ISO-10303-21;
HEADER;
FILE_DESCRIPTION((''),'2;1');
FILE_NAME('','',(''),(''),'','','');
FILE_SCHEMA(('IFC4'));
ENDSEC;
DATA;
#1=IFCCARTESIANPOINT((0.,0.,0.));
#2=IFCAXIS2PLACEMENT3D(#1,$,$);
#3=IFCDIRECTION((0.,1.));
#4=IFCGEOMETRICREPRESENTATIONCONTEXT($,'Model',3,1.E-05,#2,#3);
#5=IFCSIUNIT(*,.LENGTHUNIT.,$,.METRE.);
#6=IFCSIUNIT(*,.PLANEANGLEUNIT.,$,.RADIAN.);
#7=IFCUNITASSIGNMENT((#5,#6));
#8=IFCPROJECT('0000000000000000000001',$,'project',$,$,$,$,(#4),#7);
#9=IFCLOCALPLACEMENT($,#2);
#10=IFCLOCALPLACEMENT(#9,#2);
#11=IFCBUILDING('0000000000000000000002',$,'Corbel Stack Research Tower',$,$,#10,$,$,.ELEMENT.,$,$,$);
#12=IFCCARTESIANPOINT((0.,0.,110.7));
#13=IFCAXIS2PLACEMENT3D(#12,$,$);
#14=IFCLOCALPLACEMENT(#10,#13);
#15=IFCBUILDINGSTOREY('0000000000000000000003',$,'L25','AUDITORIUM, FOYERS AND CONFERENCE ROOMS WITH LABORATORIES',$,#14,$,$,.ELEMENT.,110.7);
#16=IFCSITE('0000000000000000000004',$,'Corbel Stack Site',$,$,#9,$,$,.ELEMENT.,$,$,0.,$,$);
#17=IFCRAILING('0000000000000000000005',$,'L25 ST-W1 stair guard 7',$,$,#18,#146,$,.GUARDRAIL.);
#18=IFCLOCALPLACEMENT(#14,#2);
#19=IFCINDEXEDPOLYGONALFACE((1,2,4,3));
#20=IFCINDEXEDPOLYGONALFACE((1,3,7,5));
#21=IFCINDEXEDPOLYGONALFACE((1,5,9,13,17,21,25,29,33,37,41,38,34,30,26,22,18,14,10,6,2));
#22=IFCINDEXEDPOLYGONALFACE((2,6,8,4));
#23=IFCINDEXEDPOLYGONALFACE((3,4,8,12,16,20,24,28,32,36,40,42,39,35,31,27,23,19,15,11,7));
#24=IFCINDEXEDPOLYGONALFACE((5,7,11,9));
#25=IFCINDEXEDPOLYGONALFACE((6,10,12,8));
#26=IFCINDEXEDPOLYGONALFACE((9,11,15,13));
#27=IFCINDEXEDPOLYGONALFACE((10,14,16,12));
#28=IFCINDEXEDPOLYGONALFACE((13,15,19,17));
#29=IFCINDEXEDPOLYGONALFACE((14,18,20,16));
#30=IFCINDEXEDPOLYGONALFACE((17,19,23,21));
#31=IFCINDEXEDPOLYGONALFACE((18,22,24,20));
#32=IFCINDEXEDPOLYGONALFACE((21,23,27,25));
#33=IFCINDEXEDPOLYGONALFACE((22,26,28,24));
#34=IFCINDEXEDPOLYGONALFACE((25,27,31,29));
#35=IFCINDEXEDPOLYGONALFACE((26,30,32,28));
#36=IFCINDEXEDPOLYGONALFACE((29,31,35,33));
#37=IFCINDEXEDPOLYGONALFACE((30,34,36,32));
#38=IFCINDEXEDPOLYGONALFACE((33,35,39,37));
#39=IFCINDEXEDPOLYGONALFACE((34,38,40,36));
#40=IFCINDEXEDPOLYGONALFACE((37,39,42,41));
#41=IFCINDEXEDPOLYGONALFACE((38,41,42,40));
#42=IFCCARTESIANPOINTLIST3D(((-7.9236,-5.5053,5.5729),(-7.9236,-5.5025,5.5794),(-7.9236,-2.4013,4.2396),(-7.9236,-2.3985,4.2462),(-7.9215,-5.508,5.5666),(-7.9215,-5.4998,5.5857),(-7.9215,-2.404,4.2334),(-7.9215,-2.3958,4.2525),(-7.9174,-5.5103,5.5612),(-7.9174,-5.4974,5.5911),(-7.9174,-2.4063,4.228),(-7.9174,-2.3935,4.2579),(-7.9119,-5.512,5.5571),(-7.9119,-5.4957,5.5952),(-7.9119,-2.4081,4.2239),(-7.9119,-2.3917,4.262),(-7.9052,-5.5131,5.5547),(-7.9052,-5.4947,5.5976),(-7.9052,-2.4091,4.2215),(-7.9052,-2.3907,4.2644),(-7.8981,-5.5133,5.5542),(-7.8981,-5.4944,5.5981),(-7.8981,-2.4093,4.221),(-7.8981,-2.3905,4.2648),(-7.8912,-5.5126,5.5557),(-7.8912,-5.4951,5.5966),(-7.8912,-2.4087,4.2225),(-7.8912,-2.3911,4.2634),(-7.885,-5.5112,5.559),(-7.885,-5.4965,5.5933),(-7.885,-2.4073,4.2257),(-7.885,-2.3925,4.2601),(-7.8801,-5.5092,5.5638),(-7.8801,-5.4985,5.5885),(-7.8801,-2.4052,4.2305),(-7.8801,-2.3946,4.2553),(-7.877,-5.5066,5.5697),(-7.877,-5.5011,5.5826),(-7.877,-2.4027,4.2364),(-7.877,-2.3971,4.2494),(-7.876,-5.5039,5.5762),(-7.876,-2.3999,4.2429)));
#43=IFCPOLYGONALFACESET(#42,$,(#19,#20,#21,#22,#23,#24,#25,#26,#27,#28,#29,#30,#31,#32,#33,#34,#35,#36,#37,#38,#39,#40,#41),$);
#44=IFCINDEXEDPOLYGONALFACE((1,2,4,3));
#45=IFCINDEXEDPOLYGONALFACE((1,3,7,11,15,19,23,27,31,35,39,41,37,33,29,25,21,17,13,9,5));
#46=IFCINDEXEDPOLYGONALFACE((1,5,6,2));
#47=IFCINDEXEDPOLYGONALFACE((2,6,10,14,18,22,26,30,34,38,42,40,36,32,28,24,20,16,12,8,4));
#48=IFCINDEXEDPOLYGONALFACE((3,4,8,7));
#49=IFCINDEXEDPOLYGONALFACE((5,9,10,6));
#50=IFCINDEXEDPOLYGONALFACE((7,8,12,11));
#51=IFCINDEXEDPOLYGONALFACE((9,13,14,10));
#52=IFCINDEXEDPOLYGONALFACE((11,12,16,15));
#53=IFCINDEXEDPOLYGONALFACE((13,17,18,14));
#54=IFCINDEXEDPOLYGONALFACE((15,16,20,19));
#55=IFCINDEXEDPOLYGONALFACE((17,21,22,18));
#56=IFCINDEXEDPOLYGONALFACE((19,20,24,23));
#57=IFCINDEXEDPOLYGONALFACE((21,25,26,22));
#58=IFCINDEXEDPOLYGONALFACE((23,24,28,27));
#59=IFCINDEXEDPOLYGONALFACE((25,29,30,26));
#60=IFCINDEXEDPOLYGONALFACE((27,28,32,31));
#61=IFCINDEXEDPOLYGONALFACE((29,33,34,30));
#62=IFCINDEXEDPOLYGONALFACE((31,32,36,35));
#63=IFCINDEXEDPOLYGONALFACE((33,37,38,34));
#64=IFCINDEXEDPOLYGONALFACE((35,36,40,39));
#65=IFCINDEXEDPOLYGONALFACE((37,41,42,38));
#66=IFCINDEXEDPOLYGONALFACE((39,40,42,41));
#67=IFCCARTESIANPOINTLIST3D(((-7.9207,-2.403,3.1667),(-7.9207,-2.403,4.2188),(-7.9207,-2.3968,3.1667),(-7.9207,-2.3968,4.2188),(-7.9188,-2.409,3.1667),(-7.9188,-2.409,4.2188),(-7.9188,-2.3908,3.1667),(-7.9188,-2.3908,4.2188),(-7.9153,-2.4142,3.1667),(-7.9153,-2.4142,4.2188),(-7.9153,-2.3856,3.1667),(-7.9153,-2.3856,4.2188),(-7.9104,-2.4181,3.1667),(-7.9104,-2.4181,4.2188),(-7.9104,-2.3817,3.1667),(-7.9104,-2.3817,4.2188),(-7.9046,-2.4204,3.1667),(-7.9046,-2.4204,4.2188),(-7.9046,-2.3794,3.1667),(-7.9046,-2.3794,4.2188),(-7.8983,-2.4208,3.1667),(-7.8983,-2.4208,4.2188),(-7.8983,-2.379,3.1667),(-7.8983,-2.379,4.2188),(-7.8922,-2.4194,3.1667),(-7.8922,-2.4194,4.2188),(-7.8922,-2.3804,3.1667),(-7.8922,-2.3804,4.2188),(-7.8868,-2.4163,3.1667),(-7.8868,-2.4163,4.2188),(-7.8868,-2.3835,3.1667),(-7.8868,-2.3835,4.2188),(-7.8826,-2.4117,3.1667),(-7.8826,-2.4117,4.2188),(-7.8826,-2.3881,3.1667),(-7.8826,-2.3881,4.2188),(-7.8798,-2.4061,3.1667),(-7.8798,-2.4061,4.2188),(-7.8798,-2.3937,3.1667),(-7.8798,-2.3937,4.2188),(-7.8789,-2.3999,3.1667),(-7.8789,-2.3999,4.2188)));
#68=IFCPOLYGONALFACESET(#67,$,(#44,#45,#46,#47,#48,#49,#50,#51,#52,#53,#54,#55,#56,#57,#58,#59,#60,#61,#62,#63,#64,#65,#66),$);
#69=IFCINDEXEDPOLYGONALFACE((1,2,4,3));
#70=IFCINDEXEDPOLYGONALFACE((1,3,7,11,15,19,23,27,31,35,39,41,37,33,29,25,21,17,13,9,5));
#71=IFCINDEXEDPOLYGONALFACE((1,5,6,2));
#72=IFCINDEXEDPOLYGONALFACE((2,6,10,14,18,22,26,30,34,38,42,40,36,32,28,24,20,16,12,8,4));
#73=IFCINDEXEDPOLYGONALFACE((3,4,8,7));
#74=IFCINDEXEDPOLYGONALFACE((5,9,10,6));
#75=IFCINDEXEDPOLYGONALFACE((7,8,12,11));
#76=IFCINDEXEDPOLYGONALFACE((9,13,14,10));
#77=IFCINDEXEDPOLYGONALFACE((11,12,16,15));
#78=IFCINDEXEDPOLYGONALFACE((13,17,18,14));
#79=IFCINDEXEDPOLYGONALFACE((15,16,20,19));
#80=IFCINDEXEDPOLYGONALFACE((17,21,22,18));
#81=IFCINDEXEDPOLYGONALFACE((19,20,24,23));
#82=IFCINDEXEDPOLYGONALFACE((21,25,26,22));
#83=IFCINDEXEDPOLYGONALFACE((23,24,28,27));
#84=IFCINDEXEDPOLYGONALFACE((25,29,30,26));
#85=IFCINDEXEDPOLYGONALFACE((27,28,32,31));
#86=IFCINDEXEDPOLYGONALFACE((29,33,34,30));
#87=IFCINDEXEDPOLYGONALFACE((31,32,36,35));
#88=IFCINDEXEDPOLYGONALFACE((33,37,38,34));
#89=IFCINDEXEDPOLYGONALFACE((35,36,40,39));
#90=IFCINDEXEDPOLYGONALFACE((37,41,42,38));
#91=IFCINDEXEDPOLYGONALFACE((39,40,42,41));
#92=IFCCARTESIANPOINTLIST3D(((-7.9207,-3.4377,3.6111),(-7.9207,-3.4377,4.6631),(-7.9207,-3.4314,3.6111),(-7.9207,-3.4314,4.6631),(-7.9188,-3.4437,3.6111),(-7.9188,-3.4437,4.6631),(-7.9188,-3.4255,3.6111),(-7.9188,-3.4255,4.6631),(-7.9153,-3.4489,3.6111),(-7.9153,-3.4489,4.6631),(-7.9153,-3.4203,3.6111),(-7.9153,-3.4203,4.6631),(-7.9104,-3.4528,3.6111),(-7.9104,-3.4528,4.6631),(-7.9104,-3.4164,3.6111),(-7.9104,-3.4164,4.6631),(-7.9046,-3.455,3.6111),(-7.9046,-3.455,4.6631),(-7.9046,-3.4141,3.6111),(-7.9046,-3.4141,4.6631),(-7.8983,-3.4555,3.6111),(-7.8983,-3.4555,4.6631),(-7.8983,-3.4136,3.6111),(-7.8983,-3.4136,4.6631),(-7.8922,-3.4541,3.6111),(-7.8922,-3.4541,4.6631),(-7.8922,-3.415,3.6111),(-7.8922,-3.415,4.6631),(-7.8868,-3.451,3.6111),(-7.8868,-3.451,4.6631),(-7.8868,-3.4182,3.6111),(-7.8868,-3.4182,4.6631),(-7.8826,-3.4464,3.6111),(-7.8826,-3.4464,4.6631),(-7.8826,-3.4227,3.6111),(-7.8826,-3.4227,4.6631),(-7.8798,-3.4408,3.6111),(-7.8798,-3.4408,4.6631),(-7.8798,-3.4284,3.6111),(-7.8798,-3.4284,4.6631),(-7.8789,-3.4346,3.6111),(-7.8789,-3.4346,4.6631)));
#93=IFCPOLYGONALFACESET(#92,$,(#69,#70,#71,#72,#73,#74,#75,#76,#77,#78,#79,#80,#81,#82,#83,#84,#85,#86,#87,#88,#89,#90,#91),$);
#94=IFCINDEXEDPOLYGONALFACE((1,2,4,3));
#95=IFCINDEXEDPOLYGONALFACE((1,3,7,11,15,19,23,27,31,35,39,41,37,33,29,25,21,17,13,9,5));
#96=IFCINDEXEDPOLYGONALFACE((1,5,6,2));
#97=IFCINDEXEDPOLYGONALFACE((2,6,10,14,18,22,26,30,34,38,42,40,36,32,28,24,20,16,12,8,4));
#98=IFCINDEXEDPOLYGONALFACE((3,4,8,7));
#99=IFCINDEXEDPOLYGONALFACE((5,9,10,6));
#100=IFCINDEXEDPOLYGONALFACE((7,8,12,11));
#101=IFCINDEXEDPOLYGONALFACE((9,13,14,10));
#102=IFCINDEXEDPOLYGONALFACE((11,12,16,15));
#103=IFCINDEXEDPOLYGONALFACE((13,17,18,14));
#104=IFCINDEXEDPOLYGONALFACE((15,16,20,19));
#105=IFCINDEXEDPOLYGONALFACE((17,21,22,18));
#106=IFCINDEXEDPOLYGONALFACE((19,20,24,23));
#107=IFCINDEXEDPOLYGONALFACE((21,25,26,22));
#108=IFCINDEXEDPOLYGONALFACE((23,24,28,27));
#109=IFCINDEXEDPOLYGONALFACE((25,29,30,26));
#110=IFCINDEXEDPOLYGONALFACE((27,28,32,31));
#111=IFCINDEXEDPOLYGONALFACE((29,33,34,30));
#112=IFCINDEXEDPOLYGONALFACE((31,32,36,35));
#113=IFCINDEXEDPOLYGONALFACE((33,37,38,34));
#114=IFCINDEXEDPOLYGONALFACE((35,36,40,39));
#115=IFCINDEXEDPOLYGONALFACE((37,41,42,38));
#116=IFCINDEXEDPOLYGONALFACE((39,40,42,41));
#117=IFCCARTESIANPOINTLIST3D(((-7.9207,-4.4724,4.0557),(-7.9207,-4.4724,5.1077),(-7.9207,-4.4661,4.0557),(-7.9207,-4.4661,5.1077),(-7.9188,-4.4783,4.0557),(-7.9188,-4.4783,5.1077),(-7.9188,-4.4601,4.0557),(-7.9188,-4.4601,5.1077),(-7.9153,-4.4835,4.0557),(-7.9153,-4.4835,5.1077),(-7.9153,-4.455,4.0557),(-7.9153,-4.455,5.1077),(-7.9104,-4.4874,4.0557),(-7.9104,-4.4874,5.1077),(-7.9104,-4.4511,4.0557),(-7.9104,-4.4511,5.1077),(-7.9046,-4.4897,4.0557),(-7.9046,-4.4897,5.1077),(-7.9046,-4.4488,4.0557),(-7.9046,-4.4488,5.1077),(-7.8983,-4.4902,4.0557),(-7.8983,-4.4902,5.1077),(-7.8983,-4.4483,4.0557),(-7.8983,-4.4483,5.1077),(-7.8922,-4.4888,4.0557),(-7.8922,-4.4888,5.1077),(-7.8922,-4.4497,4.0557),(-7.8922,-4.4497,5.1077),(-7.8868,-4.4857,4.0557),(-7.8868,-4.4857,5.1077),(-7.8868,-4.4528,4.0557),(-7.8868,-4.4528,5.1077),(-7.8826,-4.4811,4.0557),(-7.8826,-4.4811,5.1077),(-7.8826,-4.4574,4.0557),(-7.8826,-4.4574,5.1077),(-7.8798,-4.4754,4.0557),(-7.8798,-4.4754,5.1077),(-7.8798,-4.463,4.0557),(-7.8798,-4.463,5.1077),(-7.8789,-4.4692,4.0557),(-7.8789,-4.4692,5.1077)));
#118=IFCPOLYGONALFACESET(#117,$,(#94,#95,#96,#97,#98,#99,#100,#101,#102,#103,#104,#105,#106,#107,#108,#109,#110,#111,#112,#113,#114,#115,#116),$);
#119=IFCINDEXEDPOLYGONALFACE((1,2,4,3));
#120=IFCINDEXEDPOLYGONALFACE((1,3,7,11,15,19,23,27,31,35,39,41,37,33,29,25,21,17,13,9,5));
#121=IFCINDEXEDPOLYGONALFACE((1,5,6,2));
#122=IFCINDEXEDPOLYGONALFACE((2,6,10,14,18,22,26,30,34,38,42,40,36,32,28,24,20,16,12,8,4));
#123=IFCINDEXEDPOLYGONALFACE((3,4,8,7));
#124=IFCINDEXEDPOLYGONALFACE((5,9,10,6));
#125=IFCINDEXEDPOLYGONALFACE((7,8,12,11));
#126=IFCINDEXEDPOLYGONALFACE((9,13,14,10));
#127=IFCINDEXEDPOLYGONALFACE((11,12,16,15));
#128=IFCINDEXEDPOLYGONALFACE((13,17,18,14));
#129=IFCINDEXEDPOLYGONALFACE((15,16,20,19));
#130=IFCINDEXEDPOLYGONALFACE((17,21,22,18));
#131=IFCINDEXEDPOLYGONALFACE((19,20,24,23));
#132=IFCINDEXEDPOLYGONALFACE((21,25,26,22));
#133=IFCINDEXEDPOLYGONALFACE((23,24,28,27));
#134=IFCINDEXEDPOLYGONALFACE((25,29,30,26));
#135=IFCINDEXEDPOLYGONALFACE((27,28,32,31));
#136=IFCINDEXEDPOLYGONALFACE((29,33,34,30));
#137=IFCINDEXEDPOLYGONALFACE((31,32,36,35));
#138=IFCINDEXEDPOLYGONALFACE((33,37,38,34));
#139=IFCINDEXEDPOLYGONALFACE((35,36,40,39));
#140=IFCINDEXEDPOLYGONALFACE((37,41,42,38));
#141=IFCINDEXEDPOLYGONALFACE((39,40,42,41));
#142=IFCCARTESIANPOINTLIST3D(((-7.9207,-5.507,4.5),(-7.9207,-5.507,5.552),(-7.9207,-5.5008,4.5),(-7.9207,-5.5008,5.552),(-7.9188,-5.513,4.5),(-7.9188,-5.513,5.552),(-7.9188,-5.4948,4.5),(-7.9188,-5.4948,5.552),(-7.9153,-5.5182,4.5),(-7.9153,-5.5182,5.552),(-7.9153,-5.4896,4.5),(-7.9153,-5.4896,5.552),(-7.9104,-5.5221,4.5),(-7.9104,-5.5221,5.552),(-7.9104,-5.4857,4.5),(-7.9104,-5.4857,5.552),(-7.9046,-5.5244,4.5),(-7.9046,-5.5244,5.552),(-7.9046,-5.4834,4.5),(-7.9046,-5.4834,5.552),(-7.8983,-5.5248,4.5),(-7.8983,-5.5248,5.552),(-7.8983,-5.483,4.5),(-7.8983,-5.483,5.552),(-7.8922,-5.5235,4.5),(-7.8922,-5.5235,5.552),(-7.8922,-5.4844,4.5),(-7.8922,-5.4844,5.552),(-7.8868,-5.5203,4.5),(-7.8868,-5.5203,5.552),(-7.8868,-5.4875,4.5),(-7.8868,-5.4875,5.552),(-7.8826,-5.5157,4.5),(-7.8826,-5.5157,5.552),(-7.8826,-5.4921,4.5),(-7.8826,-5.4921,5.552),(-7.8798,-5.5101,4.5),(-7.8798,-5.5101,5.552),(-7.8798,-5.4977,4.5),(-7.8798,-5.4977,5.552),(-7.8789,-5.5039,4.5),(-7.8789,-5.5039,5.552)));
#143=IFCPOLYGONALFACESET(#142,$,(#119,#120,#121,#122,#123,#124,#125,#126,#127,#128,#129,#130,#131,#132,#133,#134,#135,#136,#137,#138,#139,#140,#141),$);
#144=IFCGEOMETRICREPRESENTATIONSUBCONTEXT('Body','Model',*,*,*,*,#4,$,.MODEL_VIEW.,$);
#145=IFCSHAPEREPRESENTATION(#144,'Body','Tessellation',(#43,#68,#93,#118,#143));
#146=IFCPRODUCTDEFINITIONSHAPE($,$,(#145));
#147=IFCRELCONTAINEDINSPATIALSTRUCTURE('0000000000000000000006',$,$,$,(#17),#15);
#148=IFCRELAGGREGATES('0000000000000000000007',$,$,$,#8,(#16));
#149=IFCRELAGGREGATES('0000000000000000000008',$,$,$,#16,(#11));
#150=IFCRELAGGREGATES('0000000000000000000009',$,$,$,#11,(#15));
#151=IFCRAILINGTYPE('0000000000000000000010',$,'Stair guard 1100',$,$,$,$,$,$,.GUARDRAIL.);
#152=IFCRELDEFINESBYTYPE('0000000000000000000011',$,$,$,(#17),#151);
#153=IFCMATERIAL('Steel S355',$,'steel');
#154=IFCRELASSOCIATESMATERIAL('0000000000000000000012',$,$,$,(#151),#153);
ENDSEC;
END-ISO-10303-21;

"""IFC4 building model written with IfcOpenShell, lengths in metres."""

from ifc_helpers import new_model, si_unit, direction, frame, origin, origin_2d, place, context, subcontext, project, spatial, circle, extrude, material, type_object, element, save


model = new_model("IFC4")

# Units and contexts
model_context = context("Model", 3, precision=1e-05, world=origin(), true_north=direction((0.0, 1.0)))
body_context = subcontext(model_context, "Body", "Model", "MODEL_VIEW")
ifc_project = project(units=[si_unit("LENGTHUNIT", "METRE"), si_unit("PLANEANGLEUNIT", "RADIAN")], contexts=[model_context])

# Site, building, storey
site_placement = place(None, origin())
site = spatial("IfcSite", under=ifc_project, at=site_placement, Name="Corbel Stack Site", CompositionType="ELEMENT", RefElevation=0.0)
building_placement = place(site_placement, origin())
building = spatial("IfcBuilding", under=site, at=building_placement, Name="Corbel Stack Research Tower", CompositionType="ELEMENT")
storey_placement = place(building_placement, frame((0.0, 0.0, 110.7)))
storey = spatial("IfcBuildingStorey", under=building, at=storey_placement, Name="L25", Description="AUDITORIUM, FOYERS AND CONFERENCE ROOMS WITH LABORATORIES", CompositionType="ELEMENT", Elevation=110.7)

# Railing
ifc_material_1 = material(Name="Steel S355", Category="steel")
railing_type_1 = type_object("IfcRailingType", Name="Stair guard 1100", PredefinedType="GUARDRAIL", material=ifc_material_1)
railing_1_placement = place(storey_placement, frame((-7.8999, -2.3999, 3.1667)))
element("IfcRailing", 1, at=railing_1_placement, inside=storey, type_object=railing_type_1, Name="L25 ST-W1 stair guard 7", PredefinedType="GUARDRAIL", context=body_context, shape_type="SweptSolid", body=[
    extrude(circle(Radius=0.0239, at=origin_2d()), frame((0.0, 0.0, 1.0762), z_axis=(0.0, -0.918827, 0.394661), x_axis=(1.0, 0.0, 0.0)), (0.0, 0.0, 1.0), 3.3782),
    extrude(circle(Radius=0.021, at=origin_2d()), origin(), (0.0, 0.0, 1.0), 1.052),
    extrude(circle(Radius=0.021, at=origin_2d()), frame((0.0, -1.0347, 0.4443)), (0.0, 0.0, 1.0), 1.052),
    extrude(circle(Radius=0.021, at=origin_2d()), frame((0.0, -2.0693, 0.8889)), (0.0, 0.0, 1.0), 1.052),
    extrude(circle(Radius=0.021, at=origin_2d()), frame((0.0, -3.104, 1.3333)), (0.0, 0.0, 1.0), 1.052),
])

save(model, "model.ifc")
